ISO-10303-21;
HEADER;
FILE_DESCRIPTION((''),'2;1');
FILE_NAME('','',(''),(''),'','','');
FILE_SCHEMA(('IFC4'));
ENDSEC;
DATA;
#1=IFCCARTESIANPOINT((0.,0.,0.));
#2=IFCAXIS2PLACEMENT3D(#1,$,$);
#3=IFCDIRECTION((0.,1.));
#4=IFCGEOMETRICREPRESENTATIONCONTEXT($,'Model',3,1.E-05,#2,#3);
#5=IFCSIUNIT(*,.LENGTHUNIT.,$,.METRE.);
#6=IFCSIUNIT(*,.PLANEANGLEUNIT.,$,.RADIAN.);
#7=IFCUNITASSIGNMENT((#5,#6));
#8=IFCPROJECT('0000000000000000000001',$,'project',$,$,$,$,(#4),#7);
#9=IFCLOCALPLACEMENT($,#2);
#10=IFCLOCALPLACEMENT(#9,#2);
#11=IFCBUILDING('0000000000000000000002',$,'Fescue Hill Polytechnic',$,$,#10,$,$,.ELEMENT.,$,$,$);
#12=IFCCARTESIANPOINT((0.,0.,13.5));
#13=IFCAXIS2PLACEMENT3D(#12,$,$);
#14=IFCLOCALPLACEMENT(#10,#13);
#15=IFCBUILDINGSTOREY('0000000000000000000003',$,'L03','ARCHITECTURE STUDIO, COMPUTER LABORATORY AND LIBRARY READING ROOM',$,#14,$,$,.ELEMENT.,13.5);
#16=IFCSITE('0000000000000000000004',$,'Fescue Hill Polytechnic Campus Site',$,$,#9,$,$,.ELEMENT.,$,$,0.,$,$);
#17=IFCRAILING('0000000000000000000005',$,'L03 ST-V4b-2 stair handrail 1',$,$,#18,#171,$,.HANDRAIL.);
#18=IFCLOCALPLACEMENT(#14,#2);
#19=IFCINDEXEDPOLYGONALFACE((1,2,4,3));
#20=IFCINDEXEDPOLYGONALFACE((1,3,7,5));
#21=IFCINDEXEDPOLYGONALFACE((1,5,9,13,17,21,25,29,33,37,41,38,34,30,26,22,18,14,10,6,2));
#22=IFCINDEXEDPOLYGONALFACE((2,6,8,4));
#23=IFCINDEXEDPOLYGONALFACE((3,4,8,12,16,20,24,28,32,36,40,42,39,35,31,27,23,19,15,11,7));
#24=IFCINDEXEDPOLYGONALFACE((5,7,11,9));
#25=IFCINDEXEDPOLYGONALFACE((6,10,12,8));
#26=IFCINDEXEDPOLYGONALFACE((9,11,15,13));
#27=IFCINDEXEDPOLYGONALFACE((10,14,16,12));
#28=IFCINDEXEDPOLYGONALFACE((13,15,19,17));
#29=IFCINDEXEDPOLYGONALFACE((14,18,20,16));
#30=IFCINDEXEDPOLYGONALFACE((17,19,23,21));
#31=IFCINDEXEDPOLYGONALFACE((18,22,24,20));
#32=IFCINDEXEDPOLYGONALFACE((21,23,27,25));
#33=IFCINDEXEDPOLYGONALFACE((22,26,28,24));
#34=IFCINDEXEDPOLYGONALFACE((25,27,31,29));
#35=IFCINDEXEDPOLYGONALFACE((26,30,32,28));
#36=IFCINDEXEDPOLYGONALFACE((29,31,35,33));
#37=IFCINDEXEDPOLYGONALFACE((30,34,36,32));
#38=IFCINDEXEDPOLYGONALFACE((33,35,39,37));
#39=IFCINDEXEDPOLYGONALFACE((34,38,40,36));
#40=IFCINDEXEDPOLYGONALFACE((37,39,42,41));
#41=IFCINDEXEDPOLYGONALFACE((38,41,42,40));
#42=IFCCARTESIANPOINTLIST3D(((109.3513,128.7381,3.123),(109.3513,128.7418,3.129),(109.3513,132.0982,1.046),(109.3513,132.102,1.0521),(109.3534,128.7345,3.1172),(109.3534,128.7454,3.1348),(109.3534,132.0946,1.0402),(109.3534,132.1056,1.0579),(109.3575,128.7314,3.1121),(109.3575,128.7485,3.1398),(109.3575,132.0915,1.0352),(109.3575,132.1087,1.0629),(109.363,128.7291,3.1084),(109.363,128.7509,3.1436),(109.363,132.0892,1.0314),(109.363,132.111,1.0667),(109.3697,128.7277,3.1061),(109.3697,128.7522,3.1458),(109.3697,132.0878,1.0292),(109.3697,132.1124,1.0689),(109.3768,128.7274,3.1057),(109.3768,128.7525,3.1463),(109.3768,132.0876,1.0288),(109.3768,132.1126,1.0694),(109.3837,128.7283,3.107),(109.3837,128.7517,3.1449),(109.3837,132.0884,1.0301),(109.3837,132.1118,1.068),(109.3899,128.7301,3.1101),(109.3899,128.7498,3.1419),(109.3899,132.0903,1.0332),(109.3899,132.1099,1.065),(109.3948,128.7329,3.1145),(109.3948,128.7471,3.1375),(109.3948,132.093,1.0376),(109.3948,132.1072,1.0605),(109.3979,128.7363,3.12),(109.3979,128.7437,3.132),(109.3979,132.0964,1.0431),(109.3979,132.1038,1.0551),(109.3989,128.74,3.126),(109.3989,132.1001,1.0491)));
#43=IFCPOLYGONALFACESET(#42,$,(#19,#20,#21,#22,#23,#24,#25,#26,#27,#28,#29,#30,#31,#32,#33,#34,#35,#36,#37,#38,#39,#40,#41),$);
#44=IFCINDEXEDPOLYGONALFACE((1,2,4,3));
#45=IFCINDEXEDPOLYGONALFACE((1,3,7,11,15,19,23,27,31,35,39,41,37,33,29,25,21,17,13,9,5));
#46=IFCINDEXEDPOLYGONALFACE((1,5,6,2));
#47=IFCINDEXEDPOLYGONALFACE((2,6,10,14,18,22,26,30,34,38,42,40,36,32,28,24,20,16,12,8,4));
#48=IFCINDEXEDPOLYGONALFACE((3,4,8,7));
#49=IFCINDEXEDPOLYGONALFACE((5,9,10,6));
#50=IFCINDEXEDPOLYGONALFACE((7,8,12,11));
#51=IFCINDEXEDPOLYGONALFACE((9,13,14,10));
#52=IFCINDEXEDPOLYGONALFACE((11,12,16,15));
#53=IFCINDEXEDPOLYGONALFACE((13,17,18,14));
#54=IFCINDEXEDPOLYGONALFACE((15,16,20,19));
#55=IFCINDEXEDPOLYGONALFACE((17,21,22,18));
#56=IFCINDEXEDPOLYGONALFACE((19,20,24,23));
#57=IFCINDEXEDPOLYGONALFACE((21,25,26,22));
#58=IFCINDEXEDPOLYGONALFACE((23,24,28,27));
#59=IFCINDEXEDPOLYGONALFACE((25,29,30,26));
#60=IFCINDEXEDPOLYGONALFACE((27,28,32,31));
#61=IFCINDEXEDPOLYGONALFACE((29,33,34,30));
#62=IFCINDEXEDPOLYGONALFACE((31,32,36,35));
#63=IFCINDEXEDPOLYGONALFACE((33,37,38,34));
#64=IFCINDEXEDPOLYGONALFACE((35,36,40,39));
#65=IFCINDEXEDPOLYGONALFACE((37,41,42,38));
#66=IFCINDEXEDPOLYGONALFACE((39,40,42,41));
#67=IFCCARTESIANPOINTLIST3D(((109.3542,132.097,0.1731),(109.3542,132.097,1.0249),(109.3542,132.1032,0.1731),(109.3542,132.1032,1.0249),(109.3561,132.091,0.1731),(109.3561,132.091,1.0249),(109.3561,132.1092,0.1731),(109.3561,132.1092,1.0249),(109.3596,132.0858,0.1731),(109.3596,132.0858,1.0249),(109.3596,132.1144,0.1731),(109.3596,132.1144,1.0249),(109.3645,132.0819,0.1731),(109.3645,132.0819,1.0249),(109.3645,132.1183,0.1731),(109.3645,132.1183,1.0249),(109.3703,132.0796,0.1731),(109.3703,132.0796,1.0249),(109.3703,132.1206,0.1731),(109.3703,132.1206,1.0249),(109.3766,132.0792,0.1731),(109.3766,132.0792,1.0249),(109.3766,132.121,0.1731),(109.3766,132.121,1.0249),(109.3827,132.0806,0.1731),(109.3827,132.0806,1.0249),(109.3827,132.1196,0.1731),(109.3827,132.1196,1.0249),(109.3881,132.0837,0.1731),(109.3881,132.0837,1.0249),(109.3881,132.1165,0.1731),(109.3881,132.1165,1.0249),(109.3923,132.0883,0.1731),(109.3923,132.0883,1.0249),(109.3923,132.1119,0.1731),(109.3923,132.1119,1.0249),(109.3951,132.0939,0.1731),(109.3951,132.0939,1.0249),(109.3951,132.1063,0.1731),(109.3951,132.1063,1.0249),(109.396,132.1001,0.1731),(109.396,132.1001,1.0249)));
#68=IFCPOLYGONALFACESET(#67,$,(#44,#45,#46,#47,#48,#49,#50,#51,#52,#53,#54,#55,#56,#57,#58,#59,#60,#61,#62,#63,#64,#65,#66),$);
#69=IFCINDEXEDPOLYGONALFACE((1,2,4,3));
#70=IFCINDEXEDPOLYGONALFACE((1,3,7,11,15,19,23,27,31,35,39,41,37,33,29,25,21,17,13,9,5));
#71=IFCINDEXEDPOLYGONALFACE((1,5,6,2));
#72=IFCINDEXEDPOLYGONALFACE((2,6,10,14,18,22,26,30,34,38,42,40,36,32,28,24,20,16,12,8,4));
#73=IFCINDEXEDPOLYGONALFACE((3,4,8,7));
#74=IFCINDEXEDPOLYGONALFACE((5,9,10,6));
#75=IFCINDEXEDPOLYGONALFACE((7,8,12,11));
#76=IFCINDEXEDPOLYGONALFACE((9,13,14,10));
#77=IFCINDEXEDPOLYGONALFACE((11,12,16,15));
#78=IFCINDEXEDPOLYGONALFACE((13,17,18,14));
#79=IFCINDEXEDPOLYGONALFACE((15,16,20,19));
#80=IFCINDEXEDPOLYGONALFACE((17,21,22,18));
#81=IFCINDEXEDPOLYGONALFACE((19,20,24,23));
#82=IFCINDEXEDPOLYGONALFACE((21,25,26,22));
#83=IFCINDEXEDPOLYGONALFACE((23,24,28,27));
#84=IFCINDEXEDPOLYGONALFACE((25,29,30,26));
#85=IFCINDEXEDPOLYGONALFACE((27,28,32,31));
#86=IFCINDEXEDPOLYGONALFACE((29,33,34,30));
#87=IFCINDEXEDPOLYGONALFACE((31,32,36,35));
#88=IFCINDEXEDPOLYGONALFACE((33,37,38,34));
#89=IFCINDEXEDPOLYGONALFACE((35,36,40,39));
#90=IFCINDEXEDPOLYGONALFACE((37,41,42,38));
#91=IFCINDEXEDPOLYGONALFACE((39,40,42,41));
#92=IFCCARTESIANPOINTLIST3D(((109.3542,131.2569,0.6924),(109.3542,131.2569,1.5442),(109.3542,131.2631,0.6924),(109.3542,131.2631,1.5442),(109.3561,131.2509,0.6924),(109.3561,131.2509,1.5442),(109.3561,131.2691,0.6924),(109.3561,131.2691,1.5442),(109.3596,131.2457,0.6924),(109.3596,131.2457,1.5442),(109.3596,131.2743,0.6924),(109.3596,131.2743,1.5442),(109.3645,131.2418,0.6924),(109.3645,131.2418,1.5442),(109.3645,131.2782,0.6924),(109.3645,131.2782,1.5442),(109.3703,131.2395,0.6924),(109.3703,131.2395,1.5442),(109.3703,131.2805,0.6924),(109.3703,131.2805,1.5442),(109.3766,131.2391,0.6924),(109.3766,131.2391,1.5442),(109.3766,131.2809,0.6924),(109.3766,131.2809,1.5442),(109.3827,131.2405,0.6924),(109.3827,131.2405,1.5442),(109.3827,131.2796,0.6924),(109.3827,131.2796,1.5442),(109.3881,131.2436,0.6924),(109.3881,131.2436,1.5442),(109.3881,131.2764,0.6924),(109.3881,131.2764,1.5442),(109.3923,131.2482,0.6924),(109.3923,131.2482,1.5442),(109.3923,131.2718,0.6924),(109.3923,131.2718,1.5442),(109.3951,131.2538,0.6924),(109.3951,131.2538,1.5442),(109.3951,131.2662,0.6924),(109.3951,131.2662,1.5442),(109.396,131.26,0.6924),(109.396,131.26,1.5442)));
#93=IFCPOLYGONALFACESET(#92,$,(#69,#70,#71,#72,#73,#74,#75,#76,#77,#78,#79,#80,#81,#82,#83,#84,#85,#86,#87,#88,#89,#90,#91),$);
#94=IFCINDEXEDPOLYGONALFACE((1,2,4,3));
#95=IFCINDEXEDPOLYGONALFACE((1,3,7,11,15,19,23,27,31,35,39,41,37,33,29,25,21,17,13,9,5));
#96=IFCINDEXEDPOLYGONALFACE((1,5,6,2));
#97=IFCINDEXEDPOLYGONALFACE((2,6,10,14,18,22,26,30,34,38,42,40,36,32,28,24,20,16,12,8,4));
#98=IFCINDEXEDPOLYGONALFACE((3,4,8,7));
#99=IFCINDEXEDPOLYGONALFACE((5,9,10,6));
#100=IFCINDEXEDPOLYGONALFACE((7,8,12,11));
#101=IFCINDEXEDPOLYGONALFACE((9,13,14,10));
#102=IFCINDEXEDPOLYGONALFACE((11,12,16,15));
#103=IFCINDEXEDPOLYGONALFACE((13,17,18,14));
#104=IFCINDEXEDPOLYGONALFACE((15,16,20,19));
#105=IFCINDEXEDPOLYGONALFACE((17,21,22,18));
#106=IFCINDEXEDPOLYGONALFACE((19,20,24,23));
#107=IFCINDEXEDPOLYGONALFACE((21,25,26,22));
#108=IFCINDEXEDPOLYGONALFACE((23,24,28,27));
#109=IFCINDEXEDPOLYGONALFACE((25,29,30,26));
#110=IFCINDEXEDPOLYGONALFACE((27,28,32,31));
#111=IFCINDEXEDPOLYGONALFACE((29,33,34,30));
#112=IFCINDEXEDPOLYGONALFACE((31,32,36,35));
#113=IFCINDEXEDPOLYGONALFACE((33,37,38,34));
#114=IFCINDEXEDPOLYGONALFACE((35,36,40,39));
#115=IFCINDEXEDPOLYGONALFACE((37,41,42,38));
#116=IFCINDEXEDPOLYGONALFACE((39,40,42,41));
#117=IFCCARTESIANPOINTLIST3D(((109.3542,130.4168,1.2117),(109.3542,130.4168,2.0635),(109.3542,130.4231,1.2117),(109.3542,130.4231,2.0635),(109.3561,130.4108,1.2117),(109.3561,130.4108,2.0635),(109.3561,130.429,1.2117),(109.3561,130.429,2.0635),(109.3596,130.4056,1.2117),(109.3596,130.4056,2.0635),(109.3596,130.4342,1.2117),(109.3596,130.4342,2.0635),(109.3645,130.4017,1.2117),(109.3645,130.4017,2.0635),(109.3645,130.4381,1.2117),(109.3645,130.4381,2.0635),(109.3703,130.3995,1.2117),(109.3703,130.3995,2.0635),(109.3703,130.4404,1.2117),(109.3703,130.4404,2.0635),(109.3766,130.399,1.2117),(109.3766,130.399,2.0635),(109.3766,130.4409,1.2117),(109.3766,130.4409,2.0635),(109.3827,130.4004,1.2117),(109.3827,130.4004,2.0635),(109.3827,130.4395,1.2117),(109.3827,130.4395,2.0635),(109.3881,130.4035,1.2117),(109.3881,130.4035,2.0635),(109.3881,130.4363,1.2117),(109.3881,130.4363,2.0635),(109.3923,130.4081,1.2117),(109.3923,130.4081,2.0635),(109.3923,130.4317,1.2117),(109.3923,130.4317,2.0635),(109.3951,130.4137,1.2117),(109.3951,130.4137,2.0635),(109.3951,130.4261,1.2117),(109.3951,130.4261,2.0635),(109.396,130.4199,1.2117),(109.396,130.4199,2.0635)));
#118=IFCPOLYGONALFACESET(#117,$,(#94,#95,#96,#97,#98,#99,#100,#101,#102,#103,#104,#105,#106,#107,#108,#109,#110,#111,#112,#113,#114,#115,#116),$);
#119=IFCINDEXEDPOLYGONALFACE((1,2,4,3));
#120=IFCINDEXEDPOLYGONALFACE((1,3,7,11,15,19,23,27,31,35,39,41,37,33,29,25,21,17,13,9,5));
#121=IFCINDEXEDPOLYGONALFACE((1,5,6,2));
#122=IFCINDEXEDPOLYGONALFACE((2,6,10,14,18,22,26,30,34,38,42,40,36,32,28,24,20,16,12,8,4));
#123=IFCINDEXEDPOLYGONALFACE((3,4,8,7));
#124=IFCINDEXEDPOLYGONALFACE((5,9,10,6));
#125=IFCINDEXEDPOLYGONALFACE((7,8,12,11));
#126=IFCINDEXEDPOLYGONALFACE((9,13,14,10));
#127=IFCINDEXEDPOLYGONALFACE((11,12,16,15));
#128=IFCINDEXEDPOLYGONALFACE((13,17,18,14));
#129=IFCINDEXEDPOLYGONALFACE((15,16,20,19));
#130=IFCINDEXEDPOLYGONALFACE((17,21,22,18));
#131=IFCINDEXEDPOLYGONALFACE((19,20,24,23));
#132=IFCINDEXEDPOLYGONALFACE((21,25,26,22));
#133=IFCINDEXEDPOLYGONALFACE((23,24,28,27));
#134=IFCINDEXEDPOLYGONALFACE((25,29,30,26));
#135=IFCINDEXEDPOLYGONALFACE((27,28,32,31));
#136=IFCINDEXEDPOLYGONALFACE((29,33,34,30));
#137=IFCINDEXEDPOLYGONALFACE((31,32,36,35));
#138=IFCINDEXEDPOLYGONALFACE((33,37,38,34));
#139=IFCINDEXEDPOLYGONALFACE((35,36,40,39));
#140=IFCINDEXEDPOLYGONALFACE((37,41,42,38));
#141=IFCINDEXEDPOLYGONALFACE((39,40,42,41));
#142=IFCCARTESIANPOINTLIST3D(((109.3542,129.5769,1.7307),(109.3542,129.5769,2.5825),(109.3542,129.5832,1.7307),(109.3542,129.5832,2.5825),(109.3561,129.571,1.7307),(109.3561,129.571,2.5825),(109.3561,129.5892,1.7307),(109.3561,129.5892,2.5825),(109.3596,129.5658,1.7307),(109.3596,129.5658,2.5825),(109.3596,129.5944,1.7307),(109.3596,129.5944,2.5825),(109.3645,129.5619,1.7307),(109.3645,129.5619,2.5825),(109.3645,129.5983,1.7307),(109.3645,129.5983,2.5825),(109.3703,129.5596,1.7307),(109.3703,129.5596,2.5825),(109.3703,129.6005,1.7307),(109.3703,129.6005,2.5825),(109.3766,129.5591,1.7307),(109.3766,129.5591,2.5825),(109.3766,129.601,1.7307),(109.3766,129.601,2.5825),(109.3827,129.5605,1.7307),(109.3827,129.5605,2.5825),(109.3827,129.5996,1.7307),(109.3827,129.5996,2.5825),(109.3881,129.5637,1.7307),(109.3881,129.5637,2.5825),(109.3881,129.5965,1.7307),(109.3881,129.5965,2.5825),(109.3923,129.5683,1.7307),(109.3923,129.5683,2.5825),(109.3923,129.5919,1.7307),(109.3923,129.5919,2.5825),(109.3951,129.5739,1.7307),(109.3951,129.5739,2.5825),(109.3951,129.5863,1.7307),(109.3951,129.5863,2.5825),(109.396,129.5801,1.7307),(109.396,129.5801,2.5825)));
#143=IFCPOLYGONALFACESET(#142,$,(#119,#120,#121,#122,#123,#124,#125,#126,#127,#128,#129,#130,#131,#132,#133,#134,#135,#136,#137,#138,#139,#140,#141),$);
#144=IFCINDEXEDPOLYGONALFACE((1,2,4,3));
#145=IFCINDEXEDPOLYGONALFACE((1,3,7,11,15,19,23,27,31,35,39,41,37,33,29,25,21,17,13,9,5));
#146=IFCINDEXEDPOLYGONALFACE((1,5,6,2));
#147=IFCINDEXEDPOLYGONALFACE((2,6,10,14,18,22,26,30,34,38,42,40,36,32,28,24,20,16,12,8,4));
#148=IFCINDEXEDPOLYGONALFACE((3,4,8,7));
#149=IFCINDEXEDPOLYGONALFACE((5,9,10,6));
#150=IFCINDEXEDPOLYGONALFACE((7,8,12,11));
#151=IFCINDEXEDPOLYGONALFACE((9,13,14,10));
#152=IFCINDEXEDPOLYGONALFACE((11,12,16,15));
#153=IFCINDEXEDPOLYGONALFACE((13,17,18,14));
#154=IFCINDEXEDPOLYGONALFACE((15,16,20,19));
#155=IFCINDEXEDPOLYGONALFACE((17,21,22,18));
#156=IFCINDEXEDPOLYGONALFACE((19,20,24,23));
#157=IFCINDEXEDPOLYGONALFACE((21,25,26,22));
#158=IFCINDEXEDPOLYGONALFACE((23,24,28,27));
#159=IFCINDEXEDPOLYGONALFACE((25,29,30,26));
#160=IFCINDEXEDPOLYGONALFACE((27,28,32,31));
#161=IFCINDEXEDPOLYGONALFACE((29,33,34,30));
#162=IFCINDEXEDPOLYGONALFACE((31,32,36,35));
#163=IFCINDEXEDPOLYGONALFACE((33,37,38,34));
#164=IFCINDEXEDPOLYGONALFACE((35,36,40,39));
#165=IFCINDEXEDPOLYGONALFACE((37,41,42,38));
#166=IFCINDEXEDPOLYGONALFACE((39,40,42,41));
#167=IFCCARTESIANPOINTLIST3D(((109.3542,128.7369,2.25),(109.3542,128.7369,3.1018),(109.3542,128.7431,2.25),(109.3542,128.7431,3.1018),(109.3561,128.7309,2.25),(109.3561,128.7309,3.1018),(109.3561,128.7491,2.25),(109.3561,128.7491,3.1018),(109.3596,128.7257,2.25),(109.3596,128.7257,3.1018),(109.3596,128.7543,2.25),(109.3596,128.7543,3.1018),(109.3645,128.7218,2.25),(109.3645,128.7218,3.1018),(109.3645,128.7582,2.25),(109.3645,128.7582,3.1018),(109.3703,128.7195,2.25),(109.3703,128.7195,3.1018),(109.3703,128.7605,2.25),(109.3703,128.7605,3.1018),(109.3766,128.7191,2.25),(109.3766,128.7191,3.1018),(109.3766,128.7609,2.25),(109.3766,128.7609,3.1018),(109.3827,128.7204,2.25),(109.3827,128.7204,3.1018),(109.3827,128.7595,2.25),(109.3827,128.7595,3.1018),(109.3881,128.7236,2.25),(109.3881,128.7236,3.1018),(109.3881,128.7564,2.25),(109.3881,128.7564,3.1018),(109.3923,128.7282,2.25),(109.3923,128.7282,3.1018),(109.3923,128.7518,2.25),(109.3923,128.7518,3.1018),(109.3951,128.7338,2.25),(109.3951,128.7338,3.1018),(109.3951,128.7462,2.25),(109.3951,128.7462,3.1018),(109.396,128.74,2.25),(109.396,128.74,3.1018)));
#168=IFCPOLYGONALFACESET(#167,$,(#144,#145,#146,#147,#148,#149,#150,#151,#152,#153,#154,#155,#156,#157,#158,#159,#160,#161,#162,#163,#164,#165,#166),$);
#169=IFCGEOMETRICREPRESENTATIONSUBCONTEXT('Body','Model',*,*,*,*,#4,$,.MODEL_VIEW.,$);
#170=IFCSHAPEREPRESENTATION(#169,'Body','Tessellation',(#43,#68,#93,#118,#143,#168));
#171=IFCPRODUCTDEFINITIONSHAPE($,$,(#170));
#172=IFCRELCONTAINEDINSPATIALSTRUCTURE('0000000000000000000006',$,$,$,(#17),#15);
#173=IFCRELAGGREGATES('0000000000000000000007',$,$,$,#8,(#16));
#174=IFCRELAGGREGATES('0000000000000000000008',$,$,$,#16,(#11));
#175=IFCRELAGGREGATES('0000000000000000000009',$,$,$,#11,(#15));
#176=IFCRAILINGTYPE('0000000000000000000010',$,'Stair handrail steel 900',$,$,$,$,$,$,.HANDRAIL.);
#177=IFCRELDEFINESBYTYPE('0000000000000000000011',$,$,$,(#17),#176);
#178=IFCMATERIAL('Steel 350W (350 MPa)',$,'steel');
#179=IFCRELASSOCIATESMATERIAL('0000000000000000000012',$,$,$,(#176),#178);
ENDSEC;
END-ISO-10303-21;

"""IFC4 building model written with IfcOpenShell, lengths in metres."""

from ifc_helpers import new_model, si_unit, direction, frame, origin, origin_2d, place, context, subcontext, project, spatial, circle, extrude, material, type_object, element, save


model = new_model("IFC4")

# Units and contexts
model_context = context("Model", 3, precision=1e-05, world=origin(), true_north=direction((0.0, 1.0)))
body_context = subcontext(model_context, "Body", "Model", "MODEL_VIEW")
ifc_project = project(units=[si_unit("LENGTHUNIT", "METRE"), si_unit("PLANEANGLEUNIT", "RADIAN")], contexts=[model_context])

# Site, building, storey
site_placement = place(None, origin())
site = spatial("IfcSite", under=ifc_project, at=site_placement, Name="Fescue Hill Polytechnic Campus Site", CompositionType="ELEMENT", RefElevation=0.0)
building_placement = place(site_placement, origin())
building = spatial("IfcBuilding", under=site, at=building_placement, Name="Fescue Hill Polytechnic", CompositionType="ELEMENT")
storey_placement = place(building_placement, frame((0.0, 0.0, 13.5)))
storey = spatial("IfcBuildingStorey", under=building, at=storey_placement, Name="L03", Description="ARCHITECTURE STUDIO, COMPUTER LABORATORY AND LIBRARY READING ROOM", CompositionType="ELEMENT", Elevation=13.5)

# Railing
ifc_material_1 = material(Name="Steel 350W (350 MPa)", Category="steel")
railing_type = type_object("IfcRailingType", Name="Stair handrail steel 900", PredefinedType="HANDRAIL", material=ifc_material_1)
railing_1_placement = place(storey_placement, frame((109.375, 132.1001, 0.1731)))
element("IfcRailing", 1, at=railing_1_placement, inside=storey, type_object=railing_type, Name="L03 ST-V4b-2 stair handrail 1", PredefinedType="HANDRAIL", context=body_context, shape_type="SweptSolid", body=[
    extrude(circle(Radius=0.0239, at=origin_2d()), frame((0.0, 0.0, 0.876), z_axis=(0.0, -0.850623, 0.525776), x_axis=(1.0, 0.0, 0.0)), (0.0, 0.0, 1.0), 3.9502),
    extrude(circle(Radius=0.021, at=origin_2d()), origin(), (0.0, 0.0, 1.0), 0.8518),
    extrude(circle(Radius=0.021, at=origin_2d()), frame((0.0, -0.8401, 0.5193)), (0.0, 0.0, 1.0), 0.8518),
    extrude(circle(Radius=0.021, at=origin_2d()), frame((0.0, -1.6802, 1.0386)), (0.0, 0.0, 1.0), 0.8518),
    extrude(circle(Radius=0.021, at=origin_2d()), frame((0.0, -2.52, 1.5576)), (0.0, 0.0, 1.0), 0.8518),
    extrude(circle(Radius=0.021, at=origin_2d()), frame((0.0, -3.3601, 2.0769)), (0.0, 0.0, 1.0), 0.8518),
])

save(model, "model.ifc")
